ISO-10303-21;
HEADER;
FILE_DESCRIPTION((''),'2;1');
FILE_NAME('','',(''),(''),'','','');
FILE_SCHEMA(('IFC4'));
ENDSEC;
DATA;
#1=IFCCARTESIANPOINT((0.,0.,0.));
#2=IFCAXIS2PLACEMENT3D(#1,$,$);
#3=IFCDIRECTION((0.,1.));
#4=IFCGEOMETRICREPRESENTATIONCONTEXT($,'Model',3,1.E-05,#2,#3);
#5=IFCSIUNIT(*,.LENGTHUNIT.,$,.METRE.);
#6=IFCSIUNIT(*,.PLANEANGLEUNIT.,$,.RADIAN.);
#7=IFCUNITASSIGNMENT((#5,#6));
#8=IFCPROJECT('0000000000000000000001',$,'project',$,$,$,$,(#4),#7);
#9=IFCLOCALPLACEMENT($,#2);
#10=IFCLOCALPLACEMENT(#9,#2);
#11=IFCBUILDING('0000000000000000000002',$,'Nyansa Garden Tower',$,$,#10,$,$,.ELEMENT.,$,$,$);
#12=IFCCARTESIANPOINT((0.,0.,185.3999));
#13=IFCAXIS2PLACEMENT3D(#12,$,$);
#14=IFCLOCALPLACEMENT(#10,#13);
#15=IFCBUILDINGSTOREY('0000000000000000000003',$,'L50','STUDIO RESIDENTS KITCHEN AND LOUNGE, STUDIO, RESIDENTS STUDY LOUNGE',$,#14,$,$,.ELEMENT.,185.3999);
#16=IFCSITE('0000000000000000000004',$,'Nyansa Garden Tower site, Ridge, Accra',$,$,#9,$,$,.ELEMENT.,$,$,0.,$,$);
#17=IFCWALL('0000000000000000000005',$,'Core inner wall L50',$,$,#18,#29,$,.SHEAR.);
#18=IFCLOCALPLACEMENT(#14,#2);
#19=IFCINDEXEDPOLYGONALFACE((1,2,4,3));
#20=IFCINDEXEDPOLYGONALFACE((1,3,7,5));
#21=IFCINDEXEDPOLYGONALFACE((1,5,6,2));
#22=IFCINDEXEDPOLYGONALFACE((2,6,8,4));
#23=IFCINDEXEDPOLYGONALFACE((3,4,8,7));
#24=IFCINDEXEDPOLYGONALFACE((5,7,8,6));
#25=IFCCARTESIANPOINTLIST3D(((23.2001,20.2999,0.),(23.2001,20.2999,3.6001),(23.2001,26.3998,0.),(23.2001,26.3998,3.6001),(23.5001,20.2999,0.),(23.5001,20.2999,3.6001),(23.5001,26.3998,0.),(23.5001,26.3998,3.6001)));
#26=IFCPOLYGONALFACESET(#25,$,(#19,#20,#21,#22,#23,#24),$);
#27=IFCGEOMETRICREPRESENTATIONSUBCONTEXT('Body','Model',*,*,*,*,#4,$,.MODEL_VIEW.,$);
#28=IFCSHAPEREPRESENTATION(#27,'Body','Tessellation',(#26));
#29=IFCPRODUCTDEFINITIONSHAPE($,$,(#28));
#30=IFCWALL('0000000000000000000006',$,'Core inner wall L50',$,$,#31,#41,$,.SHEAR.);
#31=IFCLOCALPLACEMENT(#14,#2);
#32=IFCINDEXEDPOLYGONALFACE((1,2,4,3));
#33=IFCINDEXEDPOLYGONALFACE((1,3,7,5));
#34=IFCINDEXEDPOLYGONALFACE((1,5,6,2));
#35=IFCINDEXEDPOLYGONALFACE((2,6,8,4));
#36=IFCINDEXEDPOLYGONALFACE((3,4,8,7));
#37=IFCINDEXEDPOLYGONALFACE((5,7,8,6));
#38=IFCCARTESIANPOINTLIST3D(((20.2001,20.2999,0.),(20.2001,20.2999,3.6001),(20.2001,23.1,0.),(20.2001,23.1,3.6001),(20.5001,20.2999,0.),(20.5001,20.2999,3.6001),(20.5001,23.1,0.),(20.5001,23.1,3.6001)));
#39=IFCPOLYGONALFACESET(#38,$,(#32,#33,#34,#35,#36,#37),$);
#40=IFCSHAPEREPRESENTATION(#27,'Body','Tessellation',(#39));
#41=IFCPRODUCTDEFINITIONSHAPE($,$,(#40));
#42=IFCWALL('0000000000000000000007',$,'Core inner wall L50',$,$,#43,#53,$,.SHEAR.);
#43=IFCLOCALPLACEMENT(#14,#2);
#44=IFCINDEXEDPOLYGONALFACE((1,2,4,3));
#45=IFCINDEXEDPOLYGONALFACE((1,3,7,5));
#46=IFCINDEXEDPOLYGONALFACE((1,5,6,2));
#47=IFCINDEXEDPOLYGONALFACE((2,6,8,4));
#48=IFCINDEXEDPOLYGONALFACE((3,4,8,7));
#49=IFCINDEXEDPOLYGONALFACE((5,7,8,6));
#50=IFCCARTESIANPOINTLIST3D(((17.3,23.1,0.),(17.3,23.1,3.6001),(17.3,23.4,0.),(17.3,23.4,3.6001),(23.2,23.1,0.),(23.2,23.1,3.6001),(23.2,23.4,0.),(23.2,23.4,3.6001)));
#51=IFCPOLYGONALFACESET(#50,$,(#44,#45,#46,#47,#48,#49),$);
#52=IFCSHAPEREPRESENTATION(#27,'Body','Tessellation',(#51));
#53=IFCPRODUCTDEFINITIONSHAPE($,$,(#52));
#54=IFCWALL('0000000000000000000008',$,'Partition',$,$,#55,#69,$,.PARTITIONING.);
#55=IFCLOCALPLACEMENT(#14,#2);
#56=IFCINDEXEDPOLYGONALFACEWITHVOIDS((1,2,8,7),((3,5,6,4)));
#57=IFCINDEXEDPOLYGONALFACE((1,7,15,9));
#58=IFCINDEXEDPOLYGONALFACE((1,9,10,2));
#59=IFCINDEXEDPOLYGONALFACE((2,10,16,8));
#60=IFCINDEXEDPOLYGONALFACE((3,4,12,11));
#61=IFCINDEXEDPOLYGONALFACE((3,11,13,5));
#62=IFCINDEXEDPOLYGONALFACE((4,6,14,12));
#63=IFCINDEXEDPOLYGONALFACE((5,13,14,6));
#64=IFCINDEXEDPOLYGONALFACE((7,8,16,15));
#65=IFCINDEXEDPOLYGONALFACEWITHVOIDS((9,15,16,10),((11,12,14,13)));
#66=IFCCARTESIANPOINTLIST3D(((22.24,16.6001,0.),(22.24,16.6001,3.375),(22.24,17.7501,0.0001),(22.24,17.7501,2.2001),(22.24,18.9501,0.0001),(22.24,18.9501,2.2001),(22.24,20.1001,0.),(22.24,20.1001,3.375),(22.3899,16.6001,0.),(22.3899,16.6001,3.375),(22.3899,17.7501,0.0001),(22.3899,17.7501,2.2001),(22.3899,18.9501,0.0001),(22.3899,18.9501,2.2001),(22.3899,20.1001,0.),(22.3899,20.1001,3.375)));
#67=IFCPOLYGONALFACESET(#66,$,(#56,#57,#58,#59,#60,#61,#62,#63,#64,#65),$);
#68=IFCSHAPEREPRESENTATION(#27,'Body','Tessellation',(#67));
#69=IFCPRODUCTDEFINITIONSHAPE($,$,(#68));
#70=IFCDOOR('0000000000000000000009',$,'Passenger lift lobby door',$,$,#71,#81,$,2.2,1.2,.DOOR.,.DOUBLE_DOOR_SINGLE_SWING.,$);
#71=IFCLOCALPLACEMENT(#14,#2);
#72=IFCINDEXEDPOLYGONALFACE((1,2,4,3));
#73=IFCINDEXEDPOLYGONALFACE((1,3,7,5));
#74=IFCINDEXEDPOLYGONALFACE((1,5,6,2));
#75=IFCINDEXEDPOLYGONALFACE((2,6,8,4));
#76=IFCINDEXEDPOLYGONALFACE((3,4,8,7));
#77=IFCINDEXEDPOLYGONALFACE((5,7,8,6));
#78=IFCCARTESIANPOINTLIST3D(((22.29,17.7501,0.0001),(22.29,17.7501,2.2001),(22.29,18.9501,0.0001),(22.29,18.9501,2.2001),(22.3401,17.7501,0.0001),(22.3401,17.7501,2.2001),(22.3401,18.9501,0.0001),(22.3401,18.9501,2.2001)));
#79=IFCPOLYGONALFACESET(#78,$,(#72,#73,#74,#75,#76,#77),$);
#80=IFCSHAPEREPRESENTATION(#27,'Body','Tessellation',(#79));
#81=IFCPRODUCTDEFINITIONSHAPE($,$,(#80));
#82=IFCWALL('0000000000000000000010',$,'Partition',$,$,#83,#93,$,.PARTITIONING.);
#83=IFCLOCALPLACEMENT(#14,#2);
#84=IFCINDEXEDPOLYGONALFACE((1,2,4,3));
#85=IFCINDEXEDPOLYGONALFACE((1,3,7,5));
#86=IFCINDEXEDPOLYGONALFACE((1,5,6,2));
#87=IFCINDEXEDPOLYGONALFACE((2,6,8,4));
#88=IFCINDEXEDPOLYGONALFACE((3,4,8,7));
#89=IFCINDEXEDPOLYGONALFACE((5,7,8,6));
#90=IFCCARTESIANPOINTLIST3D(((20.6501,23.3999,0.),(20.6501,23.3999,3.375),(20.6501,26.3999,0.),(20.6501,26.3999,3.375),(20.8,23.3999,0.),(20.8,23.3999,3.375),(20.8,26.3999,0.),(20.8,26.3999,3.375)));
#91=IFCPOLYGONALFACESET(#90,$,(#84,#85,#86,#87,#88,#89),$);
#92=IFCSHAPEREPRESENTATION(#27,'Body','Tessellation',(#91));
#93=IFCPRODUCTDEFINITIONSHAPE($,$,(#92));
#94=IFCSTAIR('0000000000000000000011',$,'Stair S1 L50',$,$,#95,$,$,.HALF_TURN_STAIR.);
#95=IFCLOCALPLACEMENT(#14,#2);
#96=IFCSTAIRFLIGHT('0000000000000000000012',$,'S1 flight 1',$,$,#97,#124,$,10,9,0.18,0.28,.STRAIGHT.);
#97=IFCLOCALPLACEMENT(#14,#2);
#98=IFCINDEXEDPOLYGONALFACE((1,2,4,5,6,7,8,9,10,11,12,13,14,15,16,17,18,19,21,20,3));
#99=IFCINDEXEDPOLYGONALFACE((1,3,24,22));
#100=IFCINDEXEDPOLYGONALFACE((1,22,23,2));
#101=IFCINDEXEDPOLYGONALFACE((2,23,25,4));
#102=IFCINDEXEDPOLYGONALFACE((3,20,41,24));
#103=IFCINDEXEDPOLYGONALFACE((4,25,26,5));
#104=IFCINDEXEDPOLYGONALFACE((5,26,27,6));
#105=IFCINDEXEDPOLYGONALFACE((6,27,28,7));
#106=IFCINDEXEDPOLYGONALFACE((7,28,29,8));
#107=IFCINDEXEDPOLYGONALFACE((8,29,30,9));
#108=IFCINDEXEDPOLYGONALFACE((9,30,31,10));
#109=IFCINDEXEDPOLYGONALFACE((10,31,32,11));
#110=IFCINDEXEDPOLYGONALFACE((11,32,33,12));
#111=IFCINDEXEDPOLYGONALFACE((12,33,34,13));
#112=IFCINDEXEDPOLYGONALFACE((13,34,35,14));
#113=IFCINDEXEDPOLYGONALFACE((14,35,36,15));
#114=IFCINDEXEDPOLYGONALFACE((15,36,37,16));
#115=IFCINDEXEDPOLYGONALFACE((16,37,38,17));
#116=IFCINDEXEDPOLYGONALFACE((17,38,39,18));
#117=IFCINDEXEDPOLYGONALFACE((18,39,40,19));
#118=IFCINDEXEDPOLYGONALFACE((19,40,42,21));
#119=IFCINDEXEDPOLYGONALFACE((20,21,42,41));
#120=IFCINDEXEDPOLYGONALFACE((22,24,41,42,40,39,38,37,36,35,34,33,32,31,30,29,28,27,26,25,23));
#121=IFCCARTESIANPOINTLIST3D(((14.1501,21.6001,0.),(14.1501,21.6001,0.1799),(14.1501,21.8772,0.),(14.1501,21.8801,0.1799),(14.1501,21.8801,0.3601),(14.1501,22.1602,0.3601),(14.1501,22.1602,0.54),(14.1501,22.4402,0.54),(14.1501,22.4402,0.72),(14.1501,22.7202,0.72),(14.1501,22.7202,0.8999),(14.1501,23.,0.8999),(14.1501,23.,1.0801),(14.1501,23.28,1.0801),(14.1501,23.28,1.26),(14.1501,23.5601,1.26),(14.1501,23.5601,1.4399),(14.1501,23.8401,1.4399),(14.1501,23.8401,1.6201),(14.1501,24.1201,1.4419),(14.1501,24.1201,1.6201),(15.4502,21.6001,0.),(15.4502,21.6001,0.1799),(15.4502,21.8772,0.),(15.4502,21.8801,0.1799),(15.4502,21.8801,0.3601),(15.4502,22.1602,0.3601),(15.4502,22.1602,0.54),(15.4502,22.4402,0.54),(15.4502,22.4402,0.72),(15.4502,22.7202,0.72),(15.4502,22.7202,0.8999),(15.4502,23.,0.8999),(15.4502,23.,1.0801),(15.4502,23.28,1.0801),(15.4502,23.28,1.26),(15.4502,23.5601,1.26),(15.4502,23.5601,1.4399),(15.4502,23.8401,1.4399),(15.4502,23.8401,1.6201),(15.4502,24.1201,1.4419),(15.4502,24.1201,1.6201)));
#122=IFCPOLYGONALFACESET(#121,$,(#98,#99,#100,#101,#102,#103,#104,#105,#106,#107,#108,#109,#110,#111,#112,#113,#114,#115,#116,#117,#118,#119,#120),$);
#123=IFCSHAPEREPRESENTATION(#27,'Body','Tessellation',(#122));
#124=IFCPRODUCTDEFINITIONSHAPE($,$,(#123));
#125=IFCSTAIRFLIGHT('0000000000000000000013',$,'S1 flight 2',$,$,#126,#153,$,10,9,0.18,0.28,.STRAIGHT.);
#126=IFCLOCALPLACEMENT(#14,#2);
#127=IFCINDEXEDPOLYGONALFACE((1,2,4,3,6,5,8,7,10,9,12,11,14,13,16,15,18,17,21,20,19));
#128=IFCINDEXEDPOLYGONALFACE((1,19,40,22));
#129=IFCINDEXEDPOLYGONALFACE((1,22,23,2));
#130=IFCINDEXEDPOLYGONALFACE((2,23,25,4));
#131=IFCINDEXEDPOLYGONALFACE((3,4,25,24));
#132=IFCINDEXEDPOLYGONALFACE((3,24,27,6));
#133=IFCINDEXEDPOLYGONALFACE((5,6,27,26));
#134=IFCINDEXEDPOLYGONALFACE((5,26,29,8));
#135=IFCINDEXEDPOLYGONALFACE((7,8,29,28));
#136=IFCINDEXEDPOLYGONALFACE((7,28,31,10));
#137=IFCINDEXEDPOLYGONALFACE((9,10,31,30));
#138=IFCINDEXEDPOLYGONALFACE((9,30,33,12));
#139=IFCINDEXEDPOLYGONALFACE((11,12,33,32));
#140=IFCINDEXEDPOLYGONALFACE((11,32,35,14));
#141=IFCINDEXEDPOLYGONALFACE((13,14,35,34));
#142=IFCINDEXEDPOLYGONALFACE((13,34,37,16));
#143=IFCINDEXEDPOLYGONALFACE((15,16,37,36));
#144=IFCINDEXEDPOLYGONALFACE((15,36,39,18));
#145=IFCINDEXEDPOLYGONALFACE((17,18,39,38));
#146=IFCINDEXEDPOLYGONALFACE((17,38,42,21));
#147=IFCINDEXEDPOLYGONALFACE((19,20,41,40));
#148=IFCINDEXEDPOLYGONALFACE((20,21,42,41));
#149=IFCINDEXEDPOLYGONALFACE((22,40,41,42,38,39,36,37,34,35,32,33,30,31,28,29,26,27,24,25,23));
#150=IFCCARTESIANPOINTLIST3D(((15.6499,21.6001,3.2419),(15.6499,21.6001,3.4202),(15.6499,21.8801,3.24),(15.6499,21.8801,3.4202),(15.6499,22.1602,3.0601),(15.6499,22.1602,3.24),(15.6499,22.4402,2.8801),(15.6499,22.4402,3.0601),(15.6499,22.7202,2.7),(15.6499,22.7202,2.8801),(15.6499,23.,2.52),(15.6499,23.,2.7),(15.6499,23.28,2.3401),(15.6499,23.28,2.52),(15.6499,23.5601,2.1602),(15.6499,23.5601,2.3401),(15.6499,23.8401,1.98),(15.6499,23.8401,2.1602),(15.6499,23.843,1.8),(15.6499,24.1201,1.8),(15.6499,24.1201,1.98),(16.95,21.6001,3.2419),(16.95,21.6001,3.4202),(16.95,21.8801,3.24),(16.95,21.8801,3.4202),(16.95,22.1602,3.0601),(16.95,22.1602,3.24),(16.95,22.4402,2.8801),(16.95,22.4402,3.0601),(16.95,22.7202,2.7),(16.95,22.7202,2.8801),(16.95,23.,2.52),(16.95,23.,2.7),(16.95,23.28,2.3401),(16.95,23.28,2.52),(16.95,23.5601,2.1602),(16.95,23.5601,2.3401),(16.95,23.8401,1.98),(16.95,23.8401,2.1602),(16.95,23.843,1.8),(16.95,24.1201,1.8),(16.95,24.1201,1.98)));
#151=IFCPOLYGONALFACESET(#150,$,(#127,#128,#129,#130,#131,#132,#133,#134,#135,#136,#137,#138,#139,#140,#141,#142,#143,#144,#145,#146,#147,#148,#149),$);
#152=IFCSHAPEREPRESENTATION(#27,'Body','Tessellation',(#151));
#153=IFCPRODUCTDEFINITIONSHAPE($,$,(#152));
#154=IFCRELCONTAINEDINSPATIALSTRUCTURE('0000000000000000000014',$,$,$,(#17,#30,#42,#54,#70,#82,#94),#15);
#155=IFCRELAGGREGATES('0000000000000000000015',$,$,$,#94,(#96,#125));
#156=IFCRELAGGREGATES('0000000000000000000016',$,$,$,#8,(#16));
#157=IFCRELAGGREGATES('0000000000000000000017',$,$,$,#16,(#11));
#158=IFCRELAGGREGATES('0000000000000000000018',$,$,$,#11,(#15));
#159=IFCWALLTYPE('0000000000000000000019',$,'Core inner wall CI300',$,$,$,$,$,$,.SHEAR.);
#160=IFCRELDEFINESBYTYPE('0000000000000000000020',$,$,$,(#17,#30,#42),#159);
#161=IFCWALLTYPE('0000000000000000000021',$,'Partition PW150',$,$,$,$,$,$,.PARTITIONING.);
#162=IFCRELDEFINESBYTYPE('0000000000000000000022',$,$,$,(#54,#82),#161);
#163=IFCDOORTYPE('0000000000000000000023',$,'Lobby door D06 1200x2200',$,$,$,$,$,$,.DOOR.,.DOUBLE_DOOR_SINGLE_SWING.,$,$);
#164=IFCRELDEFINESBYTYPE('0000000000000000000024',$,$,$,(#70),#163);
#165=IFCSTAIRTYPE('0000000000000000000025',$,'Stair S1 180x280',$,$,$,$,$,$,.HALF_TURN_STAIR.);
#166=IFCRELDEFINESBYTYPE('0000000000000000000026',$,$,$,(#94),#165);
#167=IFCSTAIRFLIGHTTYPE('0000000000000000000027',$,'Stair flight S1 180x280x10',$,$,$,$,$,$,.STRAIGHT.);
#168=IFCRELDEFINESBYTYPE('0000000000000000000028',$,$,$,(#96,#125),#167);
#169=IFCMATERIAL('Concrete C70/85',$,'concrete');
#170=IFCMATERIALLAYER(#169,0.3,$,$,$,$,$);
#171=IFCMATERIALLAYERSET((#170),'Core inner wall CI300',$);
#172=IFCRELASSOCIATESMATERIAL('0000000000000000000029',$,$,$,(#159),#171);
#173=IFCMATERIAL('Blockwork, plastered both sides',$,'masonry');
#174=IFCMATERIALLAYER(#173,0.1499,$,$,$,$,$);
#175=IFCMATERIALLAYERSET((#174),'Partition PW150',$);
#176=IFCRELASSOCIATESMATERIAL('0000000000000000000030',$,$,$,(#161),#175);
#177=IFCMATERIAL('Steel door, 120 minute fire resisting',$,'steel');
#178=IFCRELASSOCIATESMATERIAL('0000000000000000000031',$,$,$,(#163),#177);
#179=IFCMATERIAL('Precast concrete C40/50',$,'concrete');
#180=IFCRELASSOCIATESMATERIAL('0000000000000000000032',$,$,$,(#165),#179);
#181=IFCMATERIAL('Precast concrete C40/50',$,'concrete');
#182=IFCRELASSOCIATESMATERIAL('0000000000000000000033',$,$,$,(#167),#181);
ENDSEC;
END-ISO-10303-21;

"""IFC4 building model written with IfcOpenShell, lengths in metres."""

from ifc_helpers import new_model, si_unit, direction, frame, frame_2d, origin, place, context, subcontext, project, spatial, polyline, rectangle, outline, extrude, material, layer, layer_set, type_object, element, fill, aggregate, save


model = new_model("IFC4")

# Units and contexts
model_context = context("Model", 3, precision=1e-05, world=origin(), true_north=direction((0.0, 1.0)))
body_context = subcontext(model_context, "Body", "Model", "MODEL_VIEW")
ifc_project = project(units=[si_unit("LENGTHUNIT", "METRE"), si_unit("PLANEANGLEUNIT", "RADIAN")], contexts=[model_context])

# Site, building, storey
site_placement = place(None, origin())
site = spatial("IfcSite", under=ifc_project, at=site_placement, Name="Nyansa Garden Tower site, Ridge, Accra", CompositionType="ELEMENT", RefElevation=0.0)
building_placement = place(site_placement, origin())
building = spatial("IfcBuilding", under=site, at=building_placement, Name="Nyansa Garden Tower", CompositionType="ELEMENT")
storey_placement = place(building_placement, frame((0.0, 0.0, 185.3999)))
storey = spatial("IfcBuildingStorey", under=building, at=storey_placement, Name="L50", Description="STUDIO RESIDENTS KITCHEN AND LOUNGE, STUDIO, RESIDENTS STUDY LOUNGE", CompositionType="ELEMENT", Elevation=185.3999)

# Walls
ifc_material_1 = material(Name="Concrete C70/85", Category="concrete")
ifc_layer_1 = layer(ifc_material_1, 0.3)
ifc_layer_set_1 = layer_set([ifc_layer_1], Name="Core inner wall CI300")
wall_type_1 = type_object("IfcWallType", Name="Core inner wall CI300", PredefinedType="SHEAR", material=ifc_layer_set_1)
for number, where, z_axis, x_axis, name in (
    (1, (23.3501, 20.3, 0.0), (0.0, 0.0, 1.0), (0.0, 1.0, 0.0), "Core inner wall L50"),
):
    element("IfcWall", number, at=place(storey_placement, frame(where, z_axis=z_axis, x_axis=x_axis)), inside=storey, type_object=wall_type_1, Name=name, PredefinedType="SHEAR", context=body_context, shape_type="SweptSolid", body=[
        extrude(rectangle(XDim=6.0999, YDim=0.3, at=frame_2d((3.0498, 0.0))), origin(), (0.0, 0.0, 1.0), 3.6001),
    ])
wall_1_placement = place(storey_placement, frame((20.3501, 20.3, 0.0), z_axis=(0.0, 0.0, 1.0), x_axis=(0.0, 1.0, 0.0)))
element("IfcWall", 2, at=wall_1_placement, inside=storey, type_object=wall_type_1, Name="Core inner wall L50", PredefinedType="SHEAR", context=body_context, shape_type="SweptSolid", body=[
    extrude(rectangle(XDim=2.8, YDim=0.3, at=frame_2d((1.3999, 0.0))), origin(), (0.0, 0.0, 1.0), 3.6001),
])
wall_2_placement = place(storey_placement, frame((17.3, 23.25, 0.0), z_axis=(0.0, 0.0, 1.0), x_axis=(1.0, 0.0, 0.0)))
element("IfcWall", 3, at=wall_2_placement, inside=storey, type_object=wall_type_1, Name="Core inner wall L50", PredefinedType="SHEAR", context=body_context, shape_type="SweptSolid", body=[
    extrude(rectangle(XDim=5.8999, YDim=0.3, at=frame_2d((2.95, 0.0))), origin(), (0.0, 0.0, 1.0), 3.6001),
])

# Wall, opening, door
ifc_material_2 = material(Name="Blockwork, plastered both sides", Category="masonry")
ifc_layer_2 = layer(ifc_material_2, 0.1499)
ifc_layer_set_2 = layer_set([ifc_layer_2], Name="Partition PW150")
wall_type_2 = type_object("IfcWallType", Name="Partition PW150", PredefinedType="PARTITIONING", material=ifc_layer_set_2)
wall_3_placement = place(storey_placement, frame((22.3149, 16.6001, 0.0), z_axis=(0.0, 0.0, 1.0), x_axis=(0.0, 1.0, 0.0)))
wall_3 = element("IfcWall", 4, at=wall_3_placement, inside=storey, type_object=wall_type_2, Name="Partition", PredefinedType="PARTITIONING", context=body_context, shape_type="SweptSolid", body=[
    extrude(rectangle(XDim=3.5, YDim=0.1499, at=frame_2d((1.75, 0.0))), origin(), (0.0, 0.0, 1.0), 3.375),
])
opening_placement = place(wall_3_placement, frame((1.1499, 0.0, 0.0)))
opening = element("IfcOpeningElement", 5, at=opening_placement, cuts=wall_3, PredefinedType="OPENING", context=body_context, shape_type="SweptSolid", body=[
    extrude(rectangle(XDim=1.2, YDim=2.2, at=frame_2d((0.6001, 1.1001))), frame((0.0, 0.085, 0.0), z_axis=(0.0, -1.0, 0.0), x_axis=(1.0, 0.0, 0.0)), (0.0, 0.0, 1.0), 0.1699),
])
ifc_material_3 = material(Name="Steel door, 120 minute fire resisting", Category="steel")
door_type = type_object("IfcDoorType", Name="Lobby door D06 1200x2200", OperationType="DOUBLE_DOOR_SINGLE_SWING", PredefinedType="DOOR", material=ifc_material_3)
door_placement = place(opening_placement, origin())
door = element("IfcDoor", 6, at=door_placement, inside=storey, type_object=door_type, Name="Passenger lift lobby door", OperationType="DOUBLE_DOOR_SINGLE_SWING", OverallHeight=2.2, OverallWidth=1.2, PredefinedType="DOOR", context=body_context, shape_type="SweptSolid", body=[
    extrude(rectangle(XDim=1.2, YDim=2.2, at=frame_2d((0.6001, 1.1001))), frame((0.0, 0.0249, 0.0), z_axis=(0.0, -1.0, 0.0), x_axis=(1.0, 0.0, 0.0)), (0.0, 0.0, 1.0), 0.05),
])
fill(opening, door)

# Wall
wall_4_placement = place(storey_placement, frame((20.7251, 23.3999, 0.0), z_axis=(0.0, 0.0, 1.0), x_axis=(0.0, 1.0, 0.0)))
element("IfcWall", 7, at=wall_4_placement, inside=storey, type_object=wall_type_2, Name="Partition", PredefinedType="PARTITIONING", context=body_context, shape_type="SweptSolid", body=[
    extrude(rectangle(XDim=3.0, YDim=0.1499, at=frame_2d((1.5, 0.0))), origin(), (0.0, 0.0, 1.0), 3.375),
])

# Stair, stair flights
ifc_material_4 = material(Name="Precast concrete C40/50", Category="concrete")
stair_type_1 = type_object("IfcStairType", Name="Stair S1 180x280", PredefinedType="HALF_TURN_STAIR", material=ifc_material_4)
stair_1_placement = place(storey_placement, origin())
stair_1 = element("IfcStair", 8, at=stair_1_placement, inside=storey, type_object=stair_type_1, Name="Stair S1 L50", PredefinedType="HALF_TURN_STAIR")
ifc_material_5 = material(Name="Precast concrete C40/50", Category="concrete")
stair_flight_type_1 = type_object("IfcStairFlightType", Name="Stair flight S1 180x280x10", PredefinedType="STRAIGHT", material=ifc_material_5)
stair_flight_1_placement = place(storey_placement, frame((14.8, 21.6001, 0.0), z_axis=(0.0, 0.0, 1.0), x_axis=(0.0, 1.0, 0.0)))
stair_flight_1 = element("IfcStairFlight", 9, at=stair_flight_1_placement, type_object=stair_flight_type_1, Name="S1 flight 1", NumberOfRisers=10, NumberOfTreads=9, PredefinedType="STRAIGHT", RiserHeight=0.18, TreadLength=0.28, context=body_context, shape_type="SweptSolid", body=[
    extrude(outline(polyline([(0.0, 0.0), (0.0, 0.1799), (0.28, 0.1799), (0.28, 0.3601), (0.5601, 0.3601), (0.5601, 0.54), (0.8401, 0.54), (0.8401, 0.72), (1.1201, 0.72), (1.1201, 0.8999), (1.3999, 0.8999), (1.3999, 1.0801), (1.6799, 1.0801), (1.6799, 1.26), (1.96, 1.26), (1.96, 1.4399), (2.24, 1.4399), (2.24, 1.6201), (2.52, 1.6201), (2.52, 1.8), (2.52, 1.4419), (0.2771, 0.0), (0.0, 0.0)])), frame((0.0, 0.6499, 0.0), z_axis=(0.0, -1.0, 0.0), x_axis=(1.0, 0.0, 0.0)), (0.0, 0.0, 1.0), 1.3),
])
stair_flight_2_placement = place(storey_placement, frame((16.3, 24.1201, 1.8), z_axis=(0.0, 0.0, 1.0), x_axis=(0.0, -1.0, 0.0)))
stair_flight_2 = element("IfcStairFlight", 10, at=stair_flight_2_placement, type_object=stair_flight_type_1, Name="S1 flight 2", NumberOfRisers=10, NumberOfTreads=9, PredefinedType="STRAIGHT", RiserHeight=0.18, TreadLength=0.28, context=body_context, shape_type="SweptSolid", body=[
    extrude(outline(polyline([(0.0, 0.0), (0.0, 0.1799), (0.28, 0.1799), (0.28, 0.3601), (0.5601, 0.3601), (0.5601, 0.54), (0.8401, 0.54), (0.8401, 0.72), (1.1201, 0.72), (1.1201, 0.8999), (1.3999, 0.8999), (1.3999, 1.0801), (1.6799, 1.0801), (1.6799, 1.26), (1.96, 1.26), (1.96, 1.4399), (2.24, 1.4399), (2.24, 1.6201), (2.52, 1.6201), (2.52, 1.8), (2.52, 1.4419), (0.2771, 0.0), (0.0, 0.0)])), frame((0.0, 0.6499, 0.0), z_axis=(0.0, -1.0, 0.0), x_axis=(1.0, 0.0, 0.0)), (0.0, 0.0, 1.0), 1.3),
])
aggregate(stair_1, [stair_flight_1, stair_flight_2])

save(model, "model.ifc")
